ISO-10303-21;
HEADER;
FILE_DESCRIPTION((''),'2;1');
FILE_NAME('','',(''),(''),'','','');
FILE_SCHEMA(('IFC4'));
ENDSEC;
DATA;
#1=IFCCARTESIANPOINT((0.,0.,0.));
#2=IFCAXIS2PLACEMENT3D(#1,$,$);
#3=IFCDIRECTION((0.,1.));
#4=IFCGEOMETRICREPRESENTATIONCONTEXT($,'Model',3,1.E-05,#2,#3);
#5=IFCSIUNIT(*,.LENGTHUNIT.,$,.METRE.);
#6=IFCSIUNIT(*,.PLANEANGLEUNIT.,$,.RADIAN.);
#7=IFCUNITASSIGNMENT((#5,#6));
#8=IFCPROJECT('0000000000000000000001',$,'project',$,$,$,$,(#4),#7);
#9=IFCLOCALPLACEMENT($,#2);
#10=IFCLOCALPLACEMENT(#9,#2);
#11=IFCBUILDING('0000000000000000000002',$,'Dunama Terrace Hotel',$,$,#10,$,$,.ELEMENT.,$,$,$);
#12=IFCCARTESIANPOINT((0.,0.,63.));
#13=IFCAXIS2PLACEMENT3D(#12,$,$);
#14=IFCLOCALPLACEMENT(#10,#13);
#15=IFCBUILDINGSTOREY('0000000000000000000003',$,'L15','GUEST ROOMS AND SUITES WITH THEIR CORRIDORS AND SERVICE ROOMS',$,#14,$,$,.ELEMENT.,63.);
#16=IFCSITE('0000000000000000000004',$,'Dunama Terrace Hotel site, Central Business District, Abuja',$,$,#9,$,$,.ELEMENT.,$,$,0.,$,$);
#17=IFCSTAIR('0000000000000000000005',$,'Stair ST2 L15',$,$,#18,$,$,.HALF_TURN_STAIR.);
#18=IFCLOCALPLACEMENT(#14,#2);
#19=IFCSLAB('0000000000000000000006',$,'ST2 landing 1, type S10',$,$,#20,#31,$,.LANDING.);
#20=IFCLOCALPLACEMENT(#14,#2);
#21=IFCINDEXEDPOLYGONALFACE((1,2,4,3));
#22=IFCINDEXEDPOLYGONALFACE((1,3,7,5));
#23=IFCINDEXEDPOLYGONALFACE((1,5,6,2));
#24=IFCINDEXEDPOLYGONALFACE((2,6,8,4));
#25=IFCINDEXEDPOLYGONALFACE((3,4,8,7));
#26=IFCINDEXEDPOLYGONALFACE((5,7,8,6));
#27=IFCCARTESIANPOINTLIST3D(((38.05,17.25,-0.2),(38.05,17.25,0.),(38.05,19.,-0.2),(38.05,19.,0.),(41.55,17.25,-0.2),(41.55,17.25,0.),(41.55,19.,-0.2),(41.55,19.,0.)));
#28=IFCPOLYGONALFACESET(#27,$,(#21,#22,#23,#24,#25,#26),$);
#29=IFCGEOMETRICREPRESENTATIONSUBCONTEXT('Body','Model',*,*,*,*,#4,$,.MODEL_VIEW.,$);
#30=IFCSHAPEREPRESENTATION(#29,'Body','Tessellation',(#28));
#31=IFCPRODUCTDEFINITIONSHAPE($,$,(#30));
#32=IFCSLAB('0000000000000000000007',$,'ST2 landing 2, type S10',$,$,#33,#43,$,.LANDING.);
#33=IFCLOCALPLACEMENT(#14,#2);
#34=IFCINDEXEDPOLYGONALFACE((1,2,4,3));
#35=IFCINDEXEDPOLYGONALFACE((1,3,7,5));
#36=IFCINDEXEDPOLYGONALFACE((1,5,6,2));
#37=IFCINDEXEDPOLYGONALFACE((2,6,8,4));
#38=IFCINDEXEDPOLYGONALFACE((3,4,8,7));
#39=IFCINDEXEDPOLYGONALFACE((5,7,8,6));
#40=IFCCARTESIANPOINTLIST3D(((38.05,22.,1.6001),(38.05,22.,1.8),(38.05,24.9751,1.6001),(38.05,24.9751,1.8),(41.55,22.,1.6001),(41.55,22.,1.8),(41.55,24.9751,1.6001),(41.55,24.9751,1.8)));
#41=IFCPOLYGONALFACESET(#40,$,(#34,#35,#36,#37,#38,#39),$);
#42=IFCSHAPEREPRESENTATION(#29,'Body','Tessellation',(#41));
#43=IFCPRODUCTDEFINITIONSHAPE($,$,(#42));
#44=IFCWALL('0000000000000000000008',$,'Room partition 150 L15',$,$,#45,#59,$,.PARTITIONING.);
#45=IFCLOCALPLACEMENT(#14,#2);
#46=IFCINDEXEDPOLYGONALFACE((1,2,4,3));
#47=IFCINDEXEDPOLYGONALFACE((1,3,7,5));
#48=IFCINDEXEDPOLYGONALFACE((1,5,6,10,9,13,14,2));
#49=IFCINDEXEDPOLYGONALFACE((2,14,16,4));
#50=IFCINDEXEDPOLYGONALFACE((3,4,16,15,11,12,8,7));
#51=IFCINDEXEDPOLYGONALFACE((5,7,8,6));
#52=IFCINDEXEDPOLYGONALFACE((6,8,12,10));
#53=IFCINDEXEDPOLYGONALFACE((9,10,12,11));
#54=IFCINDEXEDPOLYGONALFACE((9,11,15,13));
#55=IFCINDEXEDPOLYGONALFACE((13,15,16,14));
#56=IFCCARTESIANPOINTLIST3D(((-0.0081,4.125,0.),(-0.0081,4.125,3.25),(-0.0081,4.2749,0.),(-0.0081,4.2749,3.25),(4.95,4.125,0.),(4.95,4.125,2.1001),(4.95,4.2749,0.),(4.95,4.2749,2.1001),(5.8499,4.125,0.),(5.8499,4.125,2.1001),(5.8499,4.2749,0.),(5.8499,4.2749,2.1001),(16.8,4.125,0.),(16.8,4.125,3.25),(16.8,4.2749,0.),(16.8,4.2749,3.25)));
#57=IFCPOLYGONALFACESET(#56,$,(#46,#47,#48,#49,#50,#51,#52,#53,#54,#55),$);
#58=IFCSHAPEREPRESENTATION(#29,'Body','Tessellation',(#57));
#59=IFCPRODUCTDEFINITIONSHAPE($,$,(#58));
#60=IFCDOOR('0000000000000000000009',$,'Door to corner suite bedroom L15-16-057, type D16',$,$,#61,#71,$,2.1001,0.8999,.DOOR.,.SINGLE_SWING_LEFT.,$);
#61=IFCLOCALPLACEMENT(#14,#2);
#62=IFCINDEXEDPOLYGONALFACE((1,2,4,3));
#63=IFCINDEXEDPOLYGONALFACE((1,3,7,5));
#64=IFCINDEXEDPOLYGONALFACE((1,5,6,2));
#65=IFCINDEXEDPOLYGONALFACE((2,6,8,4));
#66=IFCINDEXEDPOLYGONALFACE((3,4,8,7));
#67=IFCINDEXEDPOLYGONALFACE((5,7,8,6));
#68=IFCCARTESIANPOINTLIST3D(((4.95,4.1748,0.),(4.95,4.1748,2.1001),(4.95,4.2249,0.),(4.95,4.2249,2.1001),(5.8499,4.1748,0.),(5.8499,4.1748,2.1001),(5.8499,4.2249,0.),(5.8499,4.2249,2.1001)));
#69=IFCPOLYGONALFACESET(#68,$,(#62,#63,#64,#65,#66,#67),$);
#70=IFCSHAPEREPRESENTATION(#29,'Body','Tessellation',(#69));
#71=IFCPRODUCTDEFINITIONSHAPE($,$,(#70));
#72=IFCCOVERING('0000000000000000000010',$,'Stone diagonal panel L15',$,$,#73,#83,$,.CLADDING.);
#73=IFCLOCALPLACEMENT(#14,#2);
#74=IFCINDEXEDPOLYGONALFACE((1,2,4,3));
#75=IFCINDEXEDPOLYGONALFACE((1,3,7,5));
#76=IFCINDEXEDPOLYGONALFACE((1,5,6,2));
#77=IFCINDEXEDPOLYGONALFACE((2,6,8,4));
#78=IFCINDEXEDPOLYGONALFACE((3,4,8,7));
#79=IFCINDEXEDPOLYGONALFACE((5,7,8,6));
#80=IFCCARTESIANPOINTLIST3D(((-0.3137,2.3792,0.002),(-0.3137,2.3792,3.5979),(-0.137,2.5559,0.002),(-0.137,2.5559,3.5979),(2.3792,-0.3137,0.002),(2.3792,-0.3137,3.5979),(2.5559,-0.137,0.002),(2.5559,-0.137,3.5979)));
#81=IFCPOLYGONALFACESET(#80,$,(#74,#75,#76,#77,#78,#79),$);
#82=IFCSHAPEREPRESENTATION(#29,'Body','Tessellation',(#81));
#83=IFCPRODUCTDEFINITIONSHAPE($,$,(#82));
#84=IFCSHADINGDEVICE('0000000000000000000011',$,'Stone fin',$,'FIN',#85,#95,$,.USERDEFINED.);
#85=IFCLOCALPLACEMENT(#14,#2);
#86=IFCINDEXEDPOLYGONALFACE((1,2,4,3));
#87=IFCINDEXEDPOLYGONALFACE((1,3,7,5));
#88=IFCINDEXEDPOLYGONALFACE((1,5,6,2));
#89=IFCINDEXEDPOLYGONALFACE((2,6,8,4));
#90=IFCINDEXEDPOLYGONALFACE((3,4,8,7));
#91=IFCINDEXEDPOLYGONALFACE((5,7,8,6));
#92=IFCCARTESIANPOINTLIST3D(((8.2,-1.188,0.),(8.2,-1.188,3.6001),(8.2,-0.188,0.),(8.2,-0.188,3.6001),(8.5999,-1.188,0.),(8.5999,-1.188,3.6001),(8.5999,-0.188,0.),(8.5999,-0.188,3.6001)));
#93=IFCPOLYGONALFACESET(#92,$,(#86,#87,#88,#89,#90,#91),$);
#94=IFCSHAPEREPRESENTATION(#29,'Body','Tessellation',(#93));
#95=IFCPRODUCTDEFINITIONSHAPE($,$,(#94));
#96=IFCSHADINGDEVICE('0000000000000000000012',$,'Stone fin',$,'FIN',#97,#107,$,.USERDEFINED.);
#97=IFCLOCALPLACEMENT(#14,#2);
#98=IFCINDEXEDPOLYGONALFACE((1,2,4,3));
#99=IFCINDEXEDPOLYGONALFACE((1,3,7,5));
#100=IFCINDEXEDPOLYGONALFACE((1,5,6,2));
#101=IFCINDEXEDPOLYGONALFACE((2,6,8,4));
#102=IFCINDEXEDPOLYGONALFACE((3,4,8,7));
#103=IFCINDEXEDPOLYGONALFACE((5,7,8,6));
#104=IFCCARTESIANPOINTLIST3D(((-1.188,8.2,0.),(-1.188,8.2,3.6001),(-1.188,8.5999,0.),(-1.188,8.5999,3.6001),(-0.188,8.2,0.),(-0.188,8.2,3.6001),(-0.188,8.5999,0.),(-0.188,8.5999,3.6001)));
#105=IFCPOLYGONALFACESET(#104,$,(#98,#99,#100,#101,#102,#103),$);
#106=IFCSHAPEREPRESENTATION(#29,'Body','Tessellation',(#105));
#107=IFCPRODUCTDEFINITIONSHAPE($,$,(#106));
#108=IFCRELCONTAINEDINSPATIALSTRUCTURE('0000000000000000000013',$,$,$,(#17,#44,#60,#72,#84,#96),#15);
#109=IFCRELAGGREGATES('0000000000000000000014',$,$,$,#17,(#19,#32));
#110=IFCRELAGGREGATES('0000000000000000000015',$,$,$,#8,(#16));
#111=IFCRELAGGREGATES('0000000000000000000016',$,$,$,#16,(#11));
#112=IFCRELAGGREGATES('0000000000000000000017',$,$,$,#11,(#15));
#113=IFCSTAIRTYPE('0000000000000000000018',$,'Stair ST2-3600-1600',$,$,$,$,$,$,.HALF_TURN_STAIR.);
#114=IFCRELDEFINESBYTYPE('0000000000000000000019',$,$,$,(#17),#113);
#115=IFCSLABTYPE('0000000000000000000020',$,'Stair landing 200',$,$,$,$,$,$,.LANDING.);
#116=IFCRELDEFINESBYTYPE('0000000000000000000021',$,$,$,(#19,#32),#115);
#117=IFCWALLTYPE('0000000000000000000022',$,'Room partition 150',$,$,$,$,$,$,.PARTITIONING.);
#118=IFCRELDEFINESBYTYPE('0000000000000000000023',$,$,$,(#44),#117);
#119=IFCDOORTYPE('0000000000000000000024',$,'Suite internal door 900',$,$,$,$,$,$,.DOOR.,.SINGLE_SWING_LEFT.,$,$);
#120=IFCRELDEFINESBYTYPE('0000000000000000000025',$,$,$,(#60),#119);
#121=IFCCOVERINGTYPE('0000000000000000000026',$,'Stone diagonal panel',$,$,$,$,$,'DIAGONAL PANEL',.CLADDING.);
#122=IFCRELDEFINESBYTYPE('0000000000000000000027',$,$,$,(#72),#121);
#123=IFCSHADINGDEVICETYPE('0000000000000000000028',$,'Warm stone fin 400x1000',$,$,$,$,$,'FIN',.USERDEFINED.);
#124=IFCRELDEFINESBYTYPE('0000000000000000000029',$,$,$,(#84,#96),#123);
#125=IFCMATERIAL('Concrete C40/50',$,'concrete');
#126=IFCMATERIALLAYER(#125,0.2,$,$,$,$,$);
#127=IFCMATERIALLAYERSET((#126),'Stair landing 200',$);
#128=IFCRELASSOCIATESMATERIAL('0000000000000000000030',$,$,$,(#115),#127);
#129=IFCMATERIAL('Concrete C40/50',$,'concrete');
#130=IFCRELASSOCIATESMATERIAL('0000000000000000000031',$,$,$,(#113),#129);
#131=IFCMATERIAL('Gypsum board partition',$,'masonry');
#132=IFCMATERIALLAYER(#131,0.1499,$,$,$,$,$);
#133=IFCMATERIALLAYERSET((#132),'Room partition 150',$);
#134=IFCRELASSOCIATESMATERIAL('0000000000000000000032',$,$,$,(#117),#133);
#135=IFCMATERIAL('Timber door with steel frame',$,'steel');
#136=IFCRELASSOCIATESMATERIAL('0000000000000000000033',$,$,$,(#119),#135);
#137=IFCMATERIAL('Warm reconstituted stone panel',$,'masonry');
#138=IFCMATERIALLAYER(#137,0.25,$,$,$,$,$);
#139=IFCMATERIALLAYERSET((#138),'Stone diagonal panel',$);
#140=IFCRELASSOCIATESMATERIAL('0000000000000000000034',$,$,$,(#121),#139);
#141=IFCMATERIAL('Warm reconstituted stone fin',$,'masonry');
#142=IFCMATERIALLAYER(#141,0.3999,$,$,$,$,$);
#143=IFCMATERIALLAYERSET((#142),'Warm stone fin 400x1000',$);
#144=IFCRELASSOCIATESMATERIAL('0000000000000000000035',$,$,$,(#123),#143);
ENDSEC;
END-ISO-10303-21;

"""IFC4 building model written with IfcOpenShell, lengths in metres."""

from ifc_helpers import new_model, si_unit, direction, frame, frame_2d, origin, origin_2d, place, context, subcontext, project, spatial, polyline, rectangle, outline, extrude, material, layer, layer_set, type_object, element, fill, aggregate, save


model = new_model("IFC4")

# Units and contexts
model_context = context("Model", 3, precision=1e-05, world=origin(), true_north=direction((0.0, 1.0)))
body_context = subcontext(model_context, "Body", "Model", "MODEL_VIEW")
ifc_project = project(units=[si_unit("LENGTHUNIT", "METRE"), si_unit("PLANEANGLEUNIT", "RADIAN")], contexts=[model_context])

# Site, building, storey
site_placement = place(None, origin())
site = spatial("IfcSite", under=ifc_project, at=site_placement, Name="Dunama Terrace Hotel site, Central Business District, Abuja", CompositionType="ELEMENT", RefElevation=0.0)
building_placement = place(site_placement, origin())
building = spatial("IfcBuilding", under=site, at=building_placement, Name="Dunama Terrace Hotel", CompositionType="ELEMENT")
storey_placement = place(building_placement, frame((0.0, 0.0, 63.0)))
storey = spatial("IfcBuildingStorey", under=building, at=storey_placement, Name="L15", Description="GUEST ROOMS AND SUITES WITH THEIR CORRIDORS AND SERVICE ROOMS", CompositionType="ELEMENT", Elevation=63.0)

# Stair, slabs
ifc_material_1 = material(Name="Concrete C40/50", Category="concrete")
ifc_layer_1 = layer(ifc_material_1, 0.2)
ifc_layer_set_1 = layer_set([ifc_layer_1], Name="Stair landing 200")
slab_type_1 = type_object("IfcSlabType", Name="Stair landing 200", PredefinedType="LANDING", material=ifc_layer_set_1)
ifc_material_2 = material(Name="Concrete C40/50", Category="concrete")
stair_type_1 = type_object("IfcStairType", Name="Stair ST2-3600-1600", PredefinedType="HALF_TURN_STAIR", material=ifc_material_2)
stair_1_placement = place(storey_placement, origin())
stair_1 = element("IfcStair", 1, at=stair_1_placement, inside=storey, type_object=stair_type_1, Name="Stair ST2 L15", PredefinedType="HALF_TURN_STAIR")
slab_1_placement = place(storey_placement, frame((0.0, 0.0, -0.2)))
slab_1 = element("IfcSlab", 2, at=slab_1_placement, type_object=slab_type_1, Name="ST2 landing 1, type S10", PredefinedType="LANDING", context=body_context, shape_type="SweptSolid", body=[
    extrude(outline(polyline([(38.05, 17.25), (41.55, 17.25), (41.55, 19.0), (38.05, 19.0), (38.05, 17.25)])), origin(), (0.0, 0.0, 1.0), 0.2),
])
slab_2_placement = place(storey_placement, frame((0.0, 0.0, 1.6001)))
slab_2 = element("IfcSlab", 3, at=slab_2_placement, type_object=slab_type_1, Name="ST2 landing 2, type S10", PredefinedType="LANDING", context=body_context, shape_type="SweptSolid", body=[
    extrude(outline(polyline([(38.05, 22.0), (41.55, 22.0), (41.55, 24.9751), (38.05, 24.9751), (38.05, 22.0)])), origin(), (0.0, 0.0, 1.0), 0.2),
])
aggregate(stair_1, [slab_1, slab_2])

# Wall, opening, door
ifc_material_3 = material(Name="Gypsum board partition", Category="masonry")
ifc_layer_2 = layer(ifc_material_3, 0.1499)
ifc_layer_set_2 = layer_set([ifc_layer_2], Name="Room partition 150")
wall_type = type_object("IfcWallType", Name="Room partition 150", PredefinedType="PARTITIONING", material=ifc_layer_set_2)
wall_placement = place(storey_placement, frame((-0.0081, 4.2, 0.0), z_axis=(0.0, 0.0, 1.0), x_axis=(1.0, 0.0, 0.0)))
wall = element("IfcWall", 4, at=wall_placement, inside=storey, type_object=wall_type, Name="Room partition 150 L15", PredefinedType="PARTITIONING", context=body_context, shape_type="SweptSolid", body=[
    extrude(rectangle(XDim=16.8081, YDim=0.1499, at=frame_2d((8.4041, 0.0))), origin(), (0.0, 0.0, 1.0), 3.25),
])
opening_placement = place(wall_placement, frame((4.958, 0.0, 0.0)))
opening = element("IfcOpeningElement", 5, at=opening_placement, cuts=wall, PredefinedType="OPENING", context=body_context, shape_type="SweptSolid", body=[
    extrude(rectangle(XDim=0.8999, YDim=2.1001, at=frame_2d((0.45, 1.05))), frame((0.0, 0.085, 0.0), z_axis=(0.0, -1.0, 0.0), x_axis=(1.0, 0.0, 0.0)), (0.0, 0.0, 1.0), 0.1699),
])
ifc_material_4 = material(Name="Timber door with steel frame", Category="steel")
door_type = type_object("IfcDoorType", Name="Suite internal door 900", OperationType="SINGLE_SWING_LEFT", PredefinedType="DOOR", material=ifc_material_4)
door_placement = place(opening_placement, frame((0.8999, 0.0, 0.0), z_axis=(0.0, 0.0, 1.0), x_axis=(-1.0, 0.0, 0.0)))
door = element("IfcDoor", 6, at=door_placement, inside=storey, type_object=door_type, Name="Door to corner suite bedroom L15-16-057, type D16", OperationType="SINGLE_SWING_LEFT", OverallHeight=2.1001, OverallWidth=0.8999, PredefinedType="DOOR", context=body_context, shape_type="SweptSolid", body=[
    extrude(rectangle(XDim=0.8999, YDim=2.1001, at=frame_2d((0.45, 1.05))), frame((0.0, 0.0251, 0.0), z_axis=(0.0, -1.0, 0.0), x_axis=(1.0, 0.0, 0.0)), (0.0, 0.0, 1.0), 0.05),
])
fill(opening, door)

# Covering
ifc_material_5 = material(Name="Warm reconstituted stone panel", Category="masonry")
ifc_layer_3 = layer(ifc_material_5, 0.25)
ifc_layer_set_3 = layer_set([ifc_layer_3], Name="Stone diagonal panel")
covering_type = type_object("IfcCoveringType", Name="Stone diagonal panel", ElementType="DIAGONAL PANEL", PredefinedType="CLADDING", material=ifc_layer_set_3)
covering_placement = place(storey_placement, frame((1.1211, 1.1211, 0.002), z_axis=(0.0, 0.0, 1.0), x_axis=(0.707107, -0.707107, 0.0)))
element("IfcCovering", 7, at=covering_placement, inside=storey, type_object=covering_type, Name="Stone diagonal panel L15", PredefinedType="CLADDING", context=body_context, shape_type="SweptSolid", body=[
    extrude(rectangle(XDim=3.8083, YDim=0.25, at=origin_2d()), origin(), (0.0, 0.0, 1.0), 3.5959),
])

# Shading devices
ifc_material_6 = material(Name="Warm reconstituted stone fin", Category="masonry")
ifc_layer_4 = layer(ifc_material_6, 0.3999)
ifc_layer_set_4 = layer_set([ifc_layer_4], Name="Warm stone fin 400x1000")
shading_device_type = type_object("IfcShadingDeviceType", Name="Warm stone fin 400x1000", ElementType="FIN", PredefinedType="USERDEFINED", material=ifc_layer_set_4)
for number, where, z_axis, x_axis, name in (
    (8, (8.3999, -0.688, 0.0), (0.0, 0.0, 1.0), (1.0, 0.0, 0.0), "Stone fin"),
    (9, (-0.688, 8.3999, 0.0), (0.0, 0.0, 1.0), (0.0, -1.0, 0.0), "Stone fin"),
):
    element("IfcShadingDevice", number, at=place(storey_placement, frame(where, z_axis=z_axis, x_axis=x_axis)), inside=storey, type_object=shading_device_type, Name=name, ObjectType="FIN", PredefinedType="USERDEFINED", context=body_context, shape_type="SweptSolid", body=[
        extrude(rectangle(XDim=0.3999, YDim=1.0, at=origin_2d()), origin(), (0.0, 0.0, 1.0), 3.6001),
    ])

save(model, "model.ifc")
